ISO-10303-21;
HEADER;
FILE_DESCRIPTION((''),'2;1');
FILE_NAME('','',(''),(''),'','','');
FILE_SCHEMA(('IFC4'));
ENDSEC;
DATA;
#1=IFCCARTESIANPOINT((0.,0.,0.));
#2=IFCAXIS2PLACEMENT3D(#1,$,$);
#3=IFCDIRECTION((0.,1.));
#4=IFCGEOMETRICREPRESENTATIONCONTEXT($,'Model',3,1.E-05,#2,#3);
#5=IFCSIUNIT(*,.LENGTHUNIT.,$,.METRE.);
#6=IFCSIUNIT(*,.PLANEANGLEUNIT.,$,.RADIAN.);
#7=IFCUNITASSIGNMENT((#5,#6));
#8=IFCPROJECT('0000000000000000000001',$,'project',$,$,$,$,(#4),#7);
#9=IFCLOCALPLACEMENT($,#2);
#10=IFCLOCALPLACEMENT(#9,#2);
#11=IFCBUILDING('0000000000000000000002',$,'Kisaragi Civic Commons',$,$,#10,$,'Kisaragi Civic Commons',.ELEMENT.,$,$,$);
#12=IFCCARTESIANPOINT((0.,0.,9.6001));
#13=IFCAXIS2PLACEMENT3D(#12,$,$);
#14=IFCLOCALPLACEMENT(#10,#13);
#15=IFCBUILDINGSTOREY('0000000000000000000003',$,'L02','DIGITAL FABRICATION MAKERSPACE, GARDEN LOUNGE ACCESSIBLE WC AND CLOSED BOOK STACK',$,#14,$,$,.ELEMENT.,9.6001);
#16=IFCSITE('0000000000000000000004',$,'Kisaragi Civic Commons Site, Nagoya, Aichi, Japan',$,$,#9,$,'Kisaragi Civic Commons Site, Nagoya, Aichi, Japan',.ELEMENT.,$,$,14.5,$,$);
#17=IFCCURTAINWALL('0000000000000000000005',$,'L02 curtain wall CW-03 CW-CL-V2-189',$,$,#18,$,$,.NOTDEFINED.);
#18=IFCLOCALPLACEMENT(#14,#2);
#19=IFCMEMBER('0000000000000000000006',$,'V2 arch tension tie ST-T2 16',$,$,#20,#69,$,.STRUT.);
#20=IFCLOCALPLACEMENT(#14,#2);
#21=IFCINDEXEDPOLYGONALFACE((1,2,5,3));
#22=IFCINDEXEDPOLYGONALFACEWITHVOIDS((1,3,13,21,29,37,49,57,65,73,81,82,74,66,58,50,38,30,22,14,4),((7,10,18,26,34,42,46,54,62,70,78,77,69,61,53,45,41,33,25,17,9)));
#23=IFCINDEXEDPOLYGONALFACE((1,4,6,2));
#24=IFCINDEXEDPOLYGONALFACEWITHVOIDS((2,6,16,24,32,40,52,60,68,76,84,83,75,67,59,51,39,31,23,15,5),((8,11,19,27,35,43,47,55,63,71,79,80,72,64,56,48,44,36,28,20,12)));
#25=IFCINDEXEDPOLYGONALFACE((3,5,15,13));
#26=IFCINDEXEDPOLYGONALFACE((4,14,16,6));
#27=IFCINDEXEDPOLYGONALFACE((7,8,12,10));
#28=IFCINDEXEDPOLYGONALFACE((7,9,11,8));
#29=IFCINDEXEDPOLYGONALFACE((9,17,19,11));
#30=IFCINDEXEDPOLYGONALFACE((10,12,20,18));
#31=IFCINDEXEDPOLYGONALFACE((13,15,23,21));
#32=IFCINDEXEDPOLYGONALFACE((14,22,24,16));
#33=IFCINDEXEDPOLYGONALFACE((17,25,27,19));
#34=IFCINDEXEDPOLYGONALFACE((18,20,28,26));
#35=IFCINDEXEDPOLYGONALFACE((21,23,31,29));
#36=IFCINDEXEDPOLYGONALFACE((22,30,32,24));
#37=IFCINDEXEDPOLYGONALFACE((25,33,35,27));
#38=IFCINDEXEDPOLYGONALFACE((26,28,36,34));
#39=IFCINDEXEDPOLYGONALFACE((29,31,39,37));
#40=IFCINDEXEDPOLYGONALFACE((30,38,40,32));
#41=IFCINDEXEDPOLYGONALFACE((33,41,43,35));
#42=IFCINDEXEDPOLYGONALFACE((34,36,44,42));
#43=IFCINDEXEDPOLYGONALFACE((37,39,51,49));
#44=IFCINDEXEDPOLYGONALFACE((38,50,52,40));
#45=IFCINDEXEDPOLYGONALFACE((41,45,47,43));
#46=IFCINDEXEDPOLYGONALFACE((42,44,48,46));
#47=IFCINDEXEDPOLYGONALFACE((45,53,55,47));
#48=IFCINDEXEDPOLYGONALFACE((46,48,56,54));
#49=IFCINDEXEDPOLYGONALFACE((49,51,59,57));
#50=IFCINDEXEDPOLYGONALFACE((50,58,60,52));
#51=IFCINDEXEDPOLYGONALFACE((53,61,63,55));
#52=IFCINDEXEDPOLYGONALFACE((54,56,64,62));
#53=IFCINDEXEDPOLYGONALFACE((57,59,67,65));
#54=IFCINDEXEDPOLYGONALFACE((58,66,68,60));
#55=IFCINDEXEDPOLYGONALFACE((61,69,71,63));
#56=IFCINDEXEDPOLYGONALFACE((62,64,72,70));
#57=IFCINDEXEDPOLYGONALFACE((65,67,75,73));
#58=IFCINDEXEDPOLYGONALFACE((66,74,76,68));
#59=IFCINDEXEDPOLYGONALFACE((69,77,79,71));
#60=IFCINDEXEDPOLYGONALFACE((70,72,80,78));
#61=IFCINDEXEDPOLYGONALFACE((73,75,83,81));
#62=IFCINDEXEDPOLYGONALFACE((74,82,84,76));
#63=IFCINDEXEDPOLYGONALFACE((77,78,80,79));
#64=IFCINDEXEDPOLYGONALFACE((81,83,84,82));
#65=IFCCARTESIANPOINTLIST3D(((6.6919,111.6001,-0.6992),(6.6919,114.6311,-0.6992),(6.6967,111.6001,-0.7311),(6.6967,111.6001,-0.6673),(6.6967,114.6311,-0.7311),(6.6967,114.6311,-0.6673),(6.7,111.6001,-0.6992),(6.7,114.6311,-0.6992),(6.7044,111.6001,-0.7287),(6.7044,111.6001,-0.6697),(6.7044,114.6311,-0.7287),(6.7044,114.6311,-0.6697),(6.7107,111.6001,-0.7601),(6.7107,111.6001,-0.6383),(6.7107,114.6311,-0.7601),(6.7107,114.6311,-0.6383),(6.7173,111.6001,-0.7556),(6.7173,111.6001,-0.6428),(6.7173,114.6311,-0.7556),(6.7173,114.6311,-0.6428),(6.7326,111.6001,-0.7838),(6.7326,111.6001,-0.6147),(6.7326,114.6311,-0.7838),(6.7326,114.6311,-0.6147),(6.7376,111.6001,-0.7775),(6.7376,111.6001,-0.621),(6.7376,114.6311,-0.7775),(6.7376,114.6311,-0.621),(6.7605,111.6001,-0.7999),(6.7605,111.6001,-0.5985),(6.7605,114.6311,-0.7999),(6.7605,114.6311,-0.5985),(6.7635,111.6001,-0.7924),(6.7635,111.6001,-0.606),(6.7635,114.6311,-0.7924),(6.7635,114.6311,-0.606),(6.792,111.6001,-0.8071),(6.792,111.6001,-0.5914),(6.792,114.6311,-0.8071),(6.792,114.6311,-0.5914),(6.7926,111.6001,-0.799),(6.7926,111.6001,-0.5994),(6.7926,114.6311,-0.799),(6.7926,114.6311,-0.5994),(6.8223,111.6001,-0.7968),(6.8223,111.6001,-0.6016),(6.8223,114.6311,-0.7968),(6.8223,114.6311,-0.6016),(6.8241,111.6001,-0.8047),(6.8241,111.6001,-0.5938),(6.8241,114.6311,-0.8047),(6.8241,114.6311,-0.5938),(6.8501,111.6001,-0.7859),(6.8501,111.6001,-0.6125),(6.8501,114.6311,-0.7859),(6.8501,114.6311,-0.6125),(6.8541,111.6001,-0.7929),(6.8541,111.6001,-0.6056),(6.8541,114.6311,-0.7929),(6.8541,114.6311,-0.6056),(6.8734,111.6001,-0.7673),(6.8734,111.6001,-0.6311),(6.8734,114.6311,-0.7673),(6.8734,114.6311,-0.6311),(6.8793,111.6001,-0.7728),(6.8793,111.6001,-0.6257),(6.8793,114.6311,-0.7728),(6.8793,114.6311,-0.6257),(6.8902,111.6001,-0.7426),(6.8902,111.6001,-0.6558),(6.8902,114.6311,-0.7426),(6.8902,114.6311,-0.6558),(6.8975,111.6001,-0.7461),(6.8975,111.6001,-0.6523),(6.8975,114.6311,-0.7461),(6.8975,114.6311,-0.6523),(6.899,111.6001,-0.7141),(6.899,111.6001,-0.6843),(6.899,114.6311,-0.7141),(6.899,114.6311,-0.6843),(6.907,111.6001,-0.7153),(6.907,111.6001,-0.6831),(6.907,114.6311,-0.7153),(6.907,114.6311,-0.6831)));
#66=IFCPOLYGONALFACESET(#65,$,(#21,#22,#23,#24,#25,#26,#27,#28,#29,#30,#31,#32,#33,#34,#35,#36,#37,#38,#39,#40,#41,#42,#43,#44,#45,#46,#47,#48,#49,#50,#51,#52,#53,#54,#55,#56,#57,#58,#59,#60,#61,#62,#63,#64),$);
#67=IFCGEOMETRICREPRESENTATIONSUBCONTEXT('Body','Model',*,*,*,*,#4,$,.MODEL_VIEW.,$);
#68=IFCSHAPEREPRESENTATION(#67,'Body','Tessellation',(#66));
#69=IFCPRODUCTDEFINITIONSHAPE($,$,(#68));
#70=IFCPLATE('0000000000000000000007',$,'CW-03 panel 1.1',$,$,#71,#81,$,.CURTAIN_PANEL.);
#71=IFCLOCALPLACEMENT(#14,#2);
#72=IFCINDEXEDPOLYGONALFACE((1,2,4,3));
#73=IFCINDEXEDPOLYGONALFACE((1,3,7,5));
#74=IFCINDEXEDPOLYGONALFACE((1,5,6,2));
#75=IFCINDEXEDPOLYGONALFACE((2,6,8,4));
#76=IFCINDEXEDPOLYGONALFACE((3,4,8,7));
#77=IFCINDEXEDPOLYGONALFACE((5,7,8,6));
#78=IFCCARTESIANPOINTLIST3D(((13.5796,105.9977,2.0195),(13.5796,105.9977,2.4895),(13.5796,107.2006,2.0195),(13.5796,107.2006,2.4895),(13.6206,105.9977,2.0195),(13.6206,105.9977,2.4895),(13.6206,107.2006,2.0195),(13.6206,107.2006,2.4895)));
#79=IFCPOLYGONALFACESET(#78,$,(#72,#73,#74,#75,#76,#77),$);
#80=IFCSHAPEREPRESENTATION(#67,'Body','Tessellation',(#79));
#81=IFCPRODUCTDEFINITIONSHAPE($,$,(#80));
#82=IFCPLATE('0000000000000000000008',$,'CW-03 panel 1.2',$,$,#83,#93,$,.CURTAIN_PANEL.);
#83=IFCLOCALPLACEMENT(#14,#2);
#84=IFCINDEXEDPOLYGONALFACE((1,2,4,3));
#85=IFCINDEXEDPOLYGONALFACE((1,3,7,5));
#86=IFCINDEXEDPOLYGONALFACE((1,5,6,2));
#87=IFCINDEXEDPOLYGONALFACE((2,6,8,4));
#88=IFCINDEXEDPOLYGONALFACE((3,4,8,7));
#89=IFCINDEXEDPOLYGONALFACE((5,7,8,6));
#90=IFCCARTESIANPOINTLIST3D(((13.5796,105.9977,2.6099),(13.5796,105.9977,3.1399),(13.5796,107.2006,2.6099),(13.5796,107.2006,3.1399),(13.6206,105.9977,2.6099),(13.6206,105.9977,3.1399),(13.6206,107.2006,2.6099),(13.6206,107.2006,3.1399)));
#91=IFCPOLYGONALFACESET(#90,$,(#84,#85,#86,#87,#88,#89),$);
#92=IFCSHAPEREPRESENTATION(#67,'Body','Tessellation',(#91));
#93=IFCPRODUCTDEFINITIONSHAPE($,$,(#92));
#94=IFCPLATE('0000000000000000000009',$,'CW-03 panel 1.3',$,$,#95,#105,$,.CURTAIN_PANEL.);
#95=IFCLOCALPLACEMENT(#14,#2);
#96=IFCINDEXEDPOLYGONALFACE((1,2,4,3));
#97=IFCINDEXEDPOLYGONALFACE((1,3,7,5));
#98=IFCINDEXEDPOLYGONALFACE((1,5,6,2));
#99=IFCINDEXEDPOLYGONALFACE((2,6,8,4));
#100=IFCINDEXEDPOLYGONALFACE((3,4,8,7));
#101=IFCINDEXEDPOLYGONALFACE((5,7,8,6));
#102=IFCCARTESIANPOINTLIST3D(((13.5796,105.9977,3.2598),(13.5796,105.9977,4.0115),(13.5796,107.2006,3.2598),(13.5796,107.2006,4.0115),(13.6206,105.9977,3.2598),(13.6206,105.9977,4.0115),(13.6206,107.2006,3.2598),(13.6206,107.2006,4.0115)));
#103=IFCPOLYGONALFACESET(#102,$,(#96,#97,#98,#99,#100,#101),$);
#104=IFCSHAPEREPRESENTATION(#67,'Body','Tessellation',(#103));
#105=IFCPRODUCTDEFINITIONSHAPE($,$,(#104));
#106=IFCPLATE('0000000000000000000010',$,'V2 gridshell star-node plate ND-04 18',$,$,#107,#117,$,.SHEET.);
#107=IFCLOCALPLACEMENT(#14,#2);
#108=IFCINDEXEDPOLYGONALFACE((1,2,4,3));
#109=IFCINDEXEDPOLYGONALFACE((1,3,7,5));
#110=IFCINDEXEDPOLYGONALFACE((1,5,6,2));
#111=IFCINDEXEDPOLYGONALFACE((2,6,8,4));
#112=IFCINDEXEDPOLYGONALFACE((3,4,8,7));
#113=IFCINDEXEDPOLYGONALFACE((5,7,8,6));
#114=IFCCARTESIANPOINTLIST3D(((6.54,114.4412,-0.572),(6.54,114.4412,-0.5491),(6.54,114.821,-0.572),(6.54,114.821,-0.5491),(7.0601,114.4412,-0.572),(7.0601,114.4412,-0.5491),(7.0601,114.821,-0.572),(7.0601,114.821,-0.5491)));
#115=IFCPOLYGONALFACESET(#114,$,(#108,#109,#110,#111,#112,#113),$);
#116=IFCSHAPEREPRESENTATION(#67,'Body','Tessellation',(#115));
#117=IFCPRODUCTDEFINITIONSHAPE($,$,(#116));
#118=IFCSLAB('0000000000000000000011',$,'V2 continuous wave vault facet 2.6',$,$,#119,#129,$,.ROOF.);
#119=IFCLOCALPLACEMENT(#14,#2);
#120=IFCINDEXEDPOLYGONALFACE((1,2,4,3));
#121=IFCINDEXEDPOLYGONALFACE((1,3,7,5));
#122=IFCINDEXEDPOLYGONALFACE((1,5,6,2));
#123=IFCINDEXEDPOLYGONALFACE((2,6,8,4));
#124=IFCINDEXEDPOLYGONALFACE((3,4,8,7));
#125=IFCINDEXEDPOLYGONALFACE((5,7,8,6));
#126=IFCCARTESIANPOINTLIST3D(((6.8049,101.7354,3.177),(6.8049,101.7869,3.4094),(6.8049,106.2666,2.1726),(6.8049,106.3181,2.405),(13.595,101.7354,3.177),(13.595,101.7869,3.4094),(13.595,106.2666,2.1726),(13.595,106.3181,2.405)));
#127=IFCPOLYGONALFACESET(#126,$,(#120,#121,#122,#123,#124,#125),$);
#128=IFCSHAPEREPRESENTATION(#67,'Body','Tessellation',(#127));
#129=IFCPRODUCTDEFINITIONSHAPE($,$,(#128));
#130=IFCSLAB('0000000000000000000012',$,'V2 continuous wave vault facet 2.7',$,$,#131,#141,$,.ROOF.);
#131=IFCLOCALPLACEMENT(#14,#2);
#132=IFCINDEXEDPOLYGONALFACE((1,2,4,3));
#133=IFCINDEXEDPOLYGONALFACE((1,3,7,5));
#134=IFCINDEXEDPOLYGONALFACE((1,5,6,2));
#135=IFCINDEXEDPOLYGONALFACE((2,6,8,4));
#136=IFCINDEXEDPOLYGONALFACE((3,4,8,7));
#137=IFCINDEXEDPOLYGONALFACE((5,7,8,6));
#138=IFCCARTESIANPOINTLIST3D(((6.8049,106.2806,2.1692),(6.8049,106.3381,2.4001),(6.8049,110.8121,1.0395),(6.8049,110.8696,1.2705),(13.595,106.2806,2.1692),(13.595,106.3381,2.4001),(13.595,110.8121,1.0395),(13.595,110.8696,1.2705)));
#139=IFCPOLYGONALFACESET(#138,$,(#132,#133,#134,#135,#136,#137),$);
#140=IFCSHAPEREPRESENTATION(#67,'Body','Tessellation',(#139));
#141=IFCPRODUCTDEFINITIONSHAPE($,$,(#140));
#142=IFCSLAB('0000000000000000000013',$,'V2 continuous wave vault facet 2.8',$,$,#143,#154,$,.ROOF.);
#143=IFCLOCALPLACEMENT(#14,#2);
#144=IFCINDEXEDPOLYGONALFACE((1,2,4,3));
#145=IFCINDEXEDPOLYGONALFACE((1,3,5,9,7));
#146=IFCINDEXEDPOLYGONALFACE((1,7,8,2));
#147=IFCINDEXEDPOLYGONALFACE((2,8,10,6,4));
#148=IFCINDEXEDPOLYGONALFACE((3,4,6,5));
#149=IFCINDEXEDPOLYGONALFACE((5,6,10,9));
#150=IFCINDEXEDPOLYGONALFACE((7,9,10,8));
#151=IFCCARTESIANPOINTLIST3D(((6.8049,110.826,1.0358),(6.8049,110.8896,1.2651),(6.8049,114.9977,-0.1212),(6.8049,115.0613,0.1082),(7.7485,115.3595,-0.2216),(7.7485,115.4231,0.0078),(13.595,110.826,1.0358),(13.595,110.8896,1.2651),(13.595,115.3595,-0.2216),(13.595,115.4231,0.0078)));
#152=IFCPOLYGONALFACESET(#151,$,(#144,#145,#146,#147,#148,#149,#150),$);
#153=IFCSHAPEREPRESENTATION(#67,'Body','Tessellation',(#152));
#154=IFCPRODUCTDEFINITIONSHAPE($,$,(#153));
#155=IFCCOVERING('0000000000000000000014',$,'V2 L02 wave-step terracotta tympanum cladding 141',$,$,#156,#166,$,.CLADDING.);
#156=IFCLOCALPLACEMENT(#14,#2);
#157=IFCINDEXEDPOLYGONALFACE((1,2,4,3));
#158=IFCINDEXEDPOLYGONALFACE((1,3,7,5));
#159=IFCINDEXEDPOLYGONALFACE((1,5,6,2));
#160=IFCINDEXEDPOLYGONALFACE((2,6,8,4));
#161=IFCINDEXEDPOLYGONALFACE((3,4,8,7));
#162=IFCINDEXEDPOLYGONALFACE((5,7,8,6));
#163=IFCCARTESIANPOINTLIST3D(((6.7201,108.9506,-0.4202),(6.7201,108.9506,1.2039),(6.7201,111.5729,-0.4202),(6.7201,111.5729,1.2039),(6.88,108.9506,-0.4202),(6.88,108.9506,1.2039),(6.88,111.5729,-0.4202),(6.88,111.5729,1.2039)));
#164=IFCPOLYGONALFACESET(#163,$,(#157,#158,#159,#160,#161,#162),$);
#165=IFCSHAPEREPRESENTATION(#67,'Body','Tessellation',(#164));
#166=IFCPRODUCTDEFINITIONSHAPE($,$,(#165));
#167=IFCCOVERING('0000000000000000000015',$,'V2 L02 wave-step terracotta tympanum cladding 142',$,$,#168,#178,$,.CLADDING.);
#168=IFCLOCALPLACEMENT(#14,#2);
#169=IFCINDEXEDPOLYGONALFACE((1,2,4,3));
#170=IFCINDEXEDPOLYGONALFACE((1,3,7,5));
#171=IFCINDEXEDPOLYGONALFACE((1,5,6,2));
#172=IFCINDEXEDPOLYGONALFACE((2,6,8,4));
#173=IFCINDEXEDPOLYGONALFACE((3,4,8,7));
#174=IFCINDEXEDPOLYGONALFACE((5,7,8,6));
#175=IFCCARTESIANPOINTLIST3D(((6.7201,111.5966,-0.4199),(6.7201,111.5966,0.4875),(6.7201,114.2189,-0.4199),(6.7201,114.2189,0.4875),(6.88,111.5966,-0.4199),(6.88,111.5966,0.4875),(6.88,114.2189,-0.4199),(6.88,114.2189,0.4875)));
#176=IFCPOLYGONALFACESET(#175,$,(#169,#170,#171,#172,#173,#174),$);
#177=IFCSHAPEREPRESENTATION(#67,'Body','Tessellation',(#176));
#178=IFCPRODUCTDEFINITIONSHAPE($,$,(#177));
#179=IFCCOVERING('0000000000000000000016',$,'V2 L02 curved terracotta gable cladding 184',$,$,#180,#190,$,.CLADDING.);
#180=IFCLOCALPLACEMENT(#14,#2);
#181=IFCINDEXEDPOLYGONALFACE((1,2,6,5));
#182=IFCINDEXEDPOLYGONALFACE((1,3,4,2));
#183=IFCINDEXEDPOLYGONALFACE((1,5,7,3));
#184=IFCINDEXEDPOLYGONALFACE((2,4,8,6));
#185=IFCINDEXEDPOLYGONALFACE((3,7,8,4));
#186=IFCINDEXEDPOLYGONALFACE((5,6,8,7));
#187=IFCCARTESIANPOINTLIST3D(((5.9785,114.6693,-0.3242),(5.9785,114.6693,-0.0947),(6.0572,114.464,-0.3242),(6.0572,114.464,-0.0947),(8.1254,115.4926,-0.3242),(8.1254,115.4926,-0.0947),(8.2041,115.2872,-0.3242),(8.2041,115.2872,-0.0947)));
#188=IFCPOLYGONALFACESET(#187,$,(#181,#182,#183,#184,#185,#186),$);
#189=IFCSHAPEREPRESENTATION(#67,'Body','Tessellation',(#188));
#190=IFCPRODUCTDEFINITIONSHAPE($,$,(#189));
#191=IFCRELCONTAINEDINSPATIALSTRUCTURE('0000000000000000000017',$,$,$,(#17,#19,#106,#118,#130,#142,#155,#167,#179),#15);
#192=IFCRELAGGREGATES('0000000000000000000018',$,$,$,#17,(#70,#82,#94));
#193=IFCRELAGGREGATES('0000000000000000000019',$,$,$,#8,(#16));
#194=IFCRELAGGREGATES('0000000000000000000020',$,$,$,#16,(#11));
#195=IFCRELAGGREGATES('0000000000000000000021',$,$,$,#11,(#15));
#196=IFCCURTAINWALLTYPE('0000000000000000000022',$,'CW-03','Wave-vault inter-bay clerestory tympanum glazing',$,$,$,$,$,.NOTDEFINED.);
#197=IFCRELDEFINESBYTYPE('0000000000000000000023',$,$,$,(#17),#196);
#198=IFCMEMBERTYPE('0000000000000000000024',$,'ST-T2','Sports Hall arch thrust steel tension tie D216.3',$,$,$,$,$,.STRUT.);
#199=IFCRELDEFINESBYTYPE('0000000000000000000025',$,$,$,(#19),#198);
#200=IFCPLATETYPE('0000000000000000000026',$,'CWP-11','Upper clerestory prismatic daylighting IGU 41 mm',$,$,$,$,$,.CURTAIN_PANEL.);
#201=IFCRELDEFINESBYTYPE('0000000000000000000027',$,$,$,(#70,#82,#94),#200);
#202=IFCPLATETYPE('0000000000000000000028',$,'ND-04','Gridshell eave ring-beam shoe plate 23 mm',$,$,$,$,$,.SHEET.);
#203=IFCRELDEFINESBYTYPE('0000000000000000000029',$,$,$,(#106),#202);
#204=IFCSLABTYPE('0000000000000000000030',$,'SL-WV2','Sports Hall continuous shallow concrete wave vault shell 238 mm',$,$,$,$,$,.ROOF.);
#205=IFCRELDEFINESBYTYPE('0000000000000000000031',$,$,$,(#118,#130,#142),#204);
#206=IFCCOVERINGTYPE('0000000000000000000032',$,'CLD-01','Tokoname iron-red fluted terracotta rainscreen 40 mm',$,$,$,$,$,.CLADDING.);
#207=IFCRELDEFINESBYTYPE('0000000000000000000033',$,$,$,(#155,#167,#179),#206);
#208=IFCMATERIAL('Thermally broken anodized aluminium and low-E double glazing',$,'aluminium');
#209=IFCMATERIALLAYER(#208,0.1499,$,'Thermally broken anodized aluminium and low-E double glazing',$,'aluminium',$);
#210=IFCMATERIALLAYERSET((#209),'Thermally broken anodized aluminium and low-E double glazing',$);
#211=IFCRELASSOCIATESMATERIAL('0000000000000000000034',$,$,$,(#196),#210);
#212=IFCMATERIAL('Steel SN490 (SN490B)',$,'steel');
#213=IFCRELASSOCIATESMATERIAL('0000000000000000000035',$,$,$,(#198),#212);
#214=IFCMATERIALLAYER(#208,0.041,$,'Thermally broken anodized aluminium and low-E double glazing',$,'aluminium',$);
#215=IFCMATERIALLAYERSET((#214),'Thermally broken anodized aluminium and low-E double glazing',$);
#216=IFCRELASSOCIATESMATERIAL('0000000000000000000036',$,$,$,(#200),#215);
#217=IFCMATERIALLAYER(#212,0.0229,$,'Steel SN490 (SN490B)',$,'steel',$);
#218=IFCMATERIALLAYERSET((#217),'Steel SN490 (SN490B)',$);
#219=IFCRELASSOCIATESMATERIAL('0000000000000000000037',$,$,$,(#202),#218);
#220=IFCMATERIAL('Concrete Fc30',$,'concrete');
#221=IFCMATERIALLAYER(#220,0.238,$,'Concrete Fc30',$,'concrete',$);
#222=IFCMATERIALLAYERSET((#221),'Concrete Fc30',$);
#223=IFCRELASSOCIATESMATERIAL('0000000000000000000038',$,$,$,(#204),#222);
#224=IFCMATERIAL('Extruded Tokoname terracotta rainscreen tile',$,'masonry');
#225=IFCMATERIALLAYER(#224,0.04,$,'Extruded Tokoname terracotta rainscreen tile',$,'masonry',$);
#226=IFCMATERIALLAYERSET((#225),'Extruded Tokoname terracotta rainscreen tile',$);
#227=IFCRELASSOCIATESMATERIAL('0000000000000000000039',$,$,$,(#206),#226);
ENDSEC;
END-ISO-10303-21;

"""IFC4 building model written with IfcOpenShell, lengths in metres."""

from ifc_helpers import new_model, si_unit, direction, frame, origin, origin_2d, place, context, subcontext, project, spatial, polyline, rectangle, hollow_circle, outline, extrude, material, layer, layer_set, material_profile, profile_set, type_object, element, aggregate, save


model = new_model("IFC4")

# Units and contexts
model_context = context("Model", 3, precision=1e-05, world=origin(), true_north=direction((0.0, 1.0)))
body_context = subcontext(model_context, "Body", "Model", "MODEL_VIEW")
ifc_project = project(units=[si_unit("LENGTHUNIT", "METRE"), si_unit("PLANEANGLEUNIT", "RADIAN")], contexts=[model_context])

# Site, building, storey
site_placement = place(None, origin())
site = spatial("IfcSite", under=ifc_project, at=site_placement, Name="Kisaragi Civic Commons Site, Nagoya, Aichi, Japan", LongName="Kisaragi Civic Commons Site, Nagoya, Aichi, Japan", CompositionType="ELEMENT", RefElevation=14.5)
building_placement = place(site_placement, origin())
building = spatial("IfcBuilding", under=site, at=building_placement, Name="Kisaragi Civic Commons", LongName="Kisaragi Civic Commons", CompositionType="ELEMENT")
storey_placement = place(building_placement, frame((0.0, 0.0, 9.6001)))
storey = spatial("IfcBuildingStorey", under=building, at=storey_placement, Name="L02", Description="DIGITAL FABRICATION MAKERSPACE, GARDEN LOUNGE ACCESSIBLE WC AND CLOSED BOOK STACK", CompositionType="ELEMENT", Elevation=9.6001)

# Curtain wall
ifc_material_1 = material(Name="Thermally broken anodized aluminium and low-E double glazing", Category="aluminium")
ifc_layer_1 = layer(ifc_material_1, 0.1499, Name="Thermally broken anodized aluminium and low-E double glazing", Category="aluminium")
ifc_layer_set_1 = layer_set([ifc_layer_1], Name="Thermally broken anodized aluminium and low-E double glazing")
curtain_wall_type = type_object("IfcCurtainWallType", Name="CW-03", Description="Wave-vault inter-bay clerestory tympanum glazing", PredefinedType="NOTDEFINED", material=ifc_layer_set_1)
curtain_wall_placement = place(storey_placement, origin())
curtain_wall = element("IfcCurtainWall", 1, at=curtain_wall_placement, inside=storey, type_object=curtain_wall_type, Name="L02 curtain wall CW-03 CW-CL-V2-189", PredefinedType="NOTDEFINED")

# Member
ifc_material_2 = material(Name="Steel SN490 (SN490B)", Category="steel")
ifc_material_profile_1 = material_profile(ifc_material_2, hollow_circle(Radius=0.1082, WallThickness=0.0081, at=origin_2d()), Name="CHS-216.3x8.0", Category="steel")
ifc_profile_set_1 = profile_set([ifc_material_profile_1], Name="Steel SN490 (SN490B)")
member_type_1 = type_object("IfcMemberType", Name="ST-T2", Description="Sports Hall arch thrust steel tension tie D216.3", PredefinedType="STRUT", material=ifc_profile_set_1)
member_1_placement = place(storey_placement, frame((6.8, 111.6001, -0.6992), z_axis=(0.0, 1.0, 0.0), x_axis=(-1.0, 0.0, 0.0)))
element("IfcMember", 2, at=member_1_placement, inside=storey, type_object=member_type_1, Name="V2 arch tension tie ST-T2 16", PredefinedType="STRUT", context=body_context, shape_type="SweptSolid", body=[
    extrude(hollow_circle(Radius=0.1082, WallThickness=0.0081, at=origin_2d()), origin(), (0.0, 0.0, 1.0), 3.031),
])

# Plates
ifc_layer_2 = layer(ifc_material_1, 0.041, Name="Thermally broken anodized aluminium and low-E double glazing", Category="aluminium")
ifc_layer_set_2 = layer_set([ifc_layer_2], Name="Thermally broken anodized aluminium and low-E double glazing")
plate_type_1 = type_object("IfcPlateType", Name="CWP-11", Description="Upper clerestory prismatic daylighting IGU 41 mm", PredefinedType="CURTAIN_PANEL", material=ifc_layer_set_2)
plate_1_placement = place(storey_placement, frame((13.6001, 106.5991, 2.0195), z_axis=(0.0, 0.0, 1.0), x_axis=(0.0, 1.0, 0.0)))
plate_1 = element("IfcPlate", 3, at=plate_1_placement, type_object=plate_type_1, Name="CW-03 panel 1.1", PredefinedType="CURTAIN_PANEL", context=body_context, shape_type="SweptSolid", body=[
    extrude(rectangle(XDim=1.2029, YDim=0.041, at=origin_2d()), origin(), (0.0, 0.0, 1.0), 0.47),
])
plate_2_placement = place(storey_placement, frame((13.6001, 106.5991, 2.6099), z_axis=(0.0, 0.0, 1.0), x_axis=(0.0, 1.0, 0.0)))
plate_2 = element("IfcPlate", 4, at=plate_2_placement, type_object=plate_type_1, Name="CW-03 panel 1.2", PredefinedType="CURTAIN_PANEL", context=body_context, shape_type="SweptSolid", body=[
    extrude(rectangle(XDim=1.2029, YDim=0.041, at=origin_2d()), origin(), (0.0, 0.0, 1.0), 0.53),
])
plate_3_placement = place(storey_placement, frame((13.6001, 106.5991, 3.2598), z_axis=(0.0, 0.0, 1.0), x_axis=(0.0, 1.0, 0.0)))
plate_3 = element("IfcPlate", 5, at=plate_3_placement, type_object=plate_type_1, Name="CW-03 panel 1.3", PredefinedType="CURTAIN_PANEL", context=body_context, shape_type="SweptSolid", body=[
    extrude(rectangle(XDim=1.2029, YDim=0.041, at=origin_2d()), origin(), (0.0, 0.0, 1.0), 0.7517),
])
aggregate(curtain_wall, [plate_1, plate_2, plate_3])
ifc_layer_3 = layer(ifc_material_2, 0.0229, Name="Steel SN490 (SN490B)", Category="steel")
ifc_layer_set_3 = layer_set([ifc_layer_3], Name="Steel SN490 (SN490B)")
plate_type_2 = type_object("IfcPlateType", Name="ND-04", Description="Gridshell eave ring-beam shoe plate 23 mm", PredefinedType="SHEET", material=ifc_layer_set_3)
plate_4_placement = place(storey_placement, frame((6.8, 114.6311, -0.572), z_axis=(0.0, 0.0, 1.0), x_axis=(1.0, 0.0, 0.0)))
element("IfcPlate", 6, at=plate_4_placement, inside=storey, type_object=plate_type_2, Name="V2 gridshell star-node plate ND-04 18", PredefinedType="SHEET", context=body_context, shape_type="SweptSolid", body=[
    extrude(rectangle(XDim=0.52, YDim=0.3799, at=origin_2d()), origin(), (0.0, 0.0, 1.0), 0.0229),
])

# Slabs
ifc_material_3 = material(Name="Concrete Fc30", Category="concrete")
ifc_layer_4 = layer(ifc_material_3, 0.238, Name="Concrete Fc30", Category="concrete")
ifc_layer_set_4 = layer_set([ifc_layer_4], Name="Concrete Fc30")
slab_type = type_object("IfcSlabType", Name="SL-WV2", Description="Sports Hall continuous shallow concrete wave vault shell 238 mm", PredefinedType="ROOF", material=ifc_layer_set_4)
slab_1_placement = place(storey_placement, frame((13.595, 106.3181, 2.405), z_axis=(0.0, 0.216407, 0.976303), x_axis=(-1.0, 0.0, 0.0)))
element("IfcSlab", 7, at=slab_1_placement, inside=storey, type_object=slab_type, Name="V2 continuous wave vault facet 2.6", PredefinedType="ROOF", context=body_context, shape_type="SweptSolid", body=[
    extrude(outline(polyline([(0.0, 0.0), (6.79, 0.0), (6.79, 4.6412), (0.0, 4.6412), (0.0, 0.0)])), origin(), (0.0, 0.0, -1.0), 0.238),
])
slab_2_placement = place(storey_placement, frame((13.595, 110.8696, 1.2705), z_axis=(0.0, 0.241884, 0.970305), x_axis=(-1.0, 0.0, 0.0)))
element("IfcSlab", 8, at=slab_2_placement, inside=storey, type_object=slab_type, Name="V2 continuous wave vault facet 2.7", PredefinedType="ROOF", context=body_context, shape_type="SweptSolid", body=[
    extrude(outline(polyline([(0.0, 0.0), (6.79, 0.0), (6.79, 4.6702), (0.0, 4.6702), (0.0, 0.0)])), origin(), (0.0, 0.0, -1.0), 0.238),
])
slab_3_placement = place(storey_placement, frame((13.595, 115.4231, 0.0078), z_axis=(0.0, 0.267256, 0.963626), x_axis=(-1.0, 0.0, 0.0)))
element("IfcSlab", 9, at=slab_3_placement, inside=storey, type_object=slab_type, Name="V2 continuous wave vault facet 2.8", PredefinedType="ROOF", context=body_context, shape_type="SweptSolid", body=[
    extrude(outline(polyline([(0.0, 0.0), (5.8464, 0.0), (6.79, 0.3755), (6.79, 4.7046), (0.0, 4.7046), (0.0, 0.0)])), origin(), (0.0, 0.0, -1.0), 0.238),
])

# Coverings
ifc_material_4 = material(Name="Extruded Tokoname terracotta rainscreen tile", Category="masonry")
ifc_layer_5 = layer(ifc_material_4, 0.04, Name="Extruded Tokoname terracotta rainscreen tile", Category="masonry")
ifc_layer_set_5 = layer_set([ifc_layer_5], Name="Extruded Tokoname terracotta rainscreen tile")
covering_type = type_object("IfcCoveringType", Name="CLD-01", Description="Tokoname iron-red fluted terracotta rainscreen 40 mm", PredefinedType="CLADDING", material=ifc_layer_set_5)
covering_1_placement = place(storey_placement, frame((6.8, 110.2617, -0.4202), z_axis=(0.0, 0.0, 1.0), x_axis=(0.0, 1.0, 0.0)))
element("IfcCovering", 10, at=covering_1_placement, inside=storey, type_object=covering_type, Name="V2 L02 wave-step terracotta tympanum cladding 141", PredefinedType="CLADDING", context=body_context, shape_type="SweptSolid", body=[
    extrude(rectangle(XDim=2.6223, YDim=0.1599, at=origin_2d()), origin(), (0.0, 0.0, 1.0), 1.624),
])
covering_2_placement = place(storey_placement, frame((6.8, 112.9077, -0.4199), z_axis=(0.0, 0.0, 1.0), x_axis=(0.0, 1.0, 0.0)))
element("IfcCovering", 11, at=covering_2_placement, inside=storey, type_object=covering_type, Name="V2 L02 wave-step terracotta tympanum cladding 142", PredefinedType="CLADDING", context=body_context, shape_type="SweptSolid", body=[
    extrude(rectangle(XDim=2.6223, YDim=0.1599, at=origin_2d()), origin(), (0.0, 0.0, 1.0), 0.9075),
])
covering_3_placement = place(storey_placement, frame((7.0913, 114.9783, -0.3242), z_axis=(0.0, 0.0, 1.0), x_axis=(0.933705, 0.358042, 0.0)))
element("IfcCovering", 12, at=covering_3_placement, inside=storey, type_object=covering_type, Name="V2 L02 curved terracotta gable cladding 184", PredefinedType="CLADDING", context=body_context, shape_type="SweptSolid", body=[
    extrude(rectangle(XDim=2.2993, YDim=0.22, at=origin_2d()), origin(), (0.0, 0.0, 1.0), 0.2295),
])

save(model, "model.ifc")
